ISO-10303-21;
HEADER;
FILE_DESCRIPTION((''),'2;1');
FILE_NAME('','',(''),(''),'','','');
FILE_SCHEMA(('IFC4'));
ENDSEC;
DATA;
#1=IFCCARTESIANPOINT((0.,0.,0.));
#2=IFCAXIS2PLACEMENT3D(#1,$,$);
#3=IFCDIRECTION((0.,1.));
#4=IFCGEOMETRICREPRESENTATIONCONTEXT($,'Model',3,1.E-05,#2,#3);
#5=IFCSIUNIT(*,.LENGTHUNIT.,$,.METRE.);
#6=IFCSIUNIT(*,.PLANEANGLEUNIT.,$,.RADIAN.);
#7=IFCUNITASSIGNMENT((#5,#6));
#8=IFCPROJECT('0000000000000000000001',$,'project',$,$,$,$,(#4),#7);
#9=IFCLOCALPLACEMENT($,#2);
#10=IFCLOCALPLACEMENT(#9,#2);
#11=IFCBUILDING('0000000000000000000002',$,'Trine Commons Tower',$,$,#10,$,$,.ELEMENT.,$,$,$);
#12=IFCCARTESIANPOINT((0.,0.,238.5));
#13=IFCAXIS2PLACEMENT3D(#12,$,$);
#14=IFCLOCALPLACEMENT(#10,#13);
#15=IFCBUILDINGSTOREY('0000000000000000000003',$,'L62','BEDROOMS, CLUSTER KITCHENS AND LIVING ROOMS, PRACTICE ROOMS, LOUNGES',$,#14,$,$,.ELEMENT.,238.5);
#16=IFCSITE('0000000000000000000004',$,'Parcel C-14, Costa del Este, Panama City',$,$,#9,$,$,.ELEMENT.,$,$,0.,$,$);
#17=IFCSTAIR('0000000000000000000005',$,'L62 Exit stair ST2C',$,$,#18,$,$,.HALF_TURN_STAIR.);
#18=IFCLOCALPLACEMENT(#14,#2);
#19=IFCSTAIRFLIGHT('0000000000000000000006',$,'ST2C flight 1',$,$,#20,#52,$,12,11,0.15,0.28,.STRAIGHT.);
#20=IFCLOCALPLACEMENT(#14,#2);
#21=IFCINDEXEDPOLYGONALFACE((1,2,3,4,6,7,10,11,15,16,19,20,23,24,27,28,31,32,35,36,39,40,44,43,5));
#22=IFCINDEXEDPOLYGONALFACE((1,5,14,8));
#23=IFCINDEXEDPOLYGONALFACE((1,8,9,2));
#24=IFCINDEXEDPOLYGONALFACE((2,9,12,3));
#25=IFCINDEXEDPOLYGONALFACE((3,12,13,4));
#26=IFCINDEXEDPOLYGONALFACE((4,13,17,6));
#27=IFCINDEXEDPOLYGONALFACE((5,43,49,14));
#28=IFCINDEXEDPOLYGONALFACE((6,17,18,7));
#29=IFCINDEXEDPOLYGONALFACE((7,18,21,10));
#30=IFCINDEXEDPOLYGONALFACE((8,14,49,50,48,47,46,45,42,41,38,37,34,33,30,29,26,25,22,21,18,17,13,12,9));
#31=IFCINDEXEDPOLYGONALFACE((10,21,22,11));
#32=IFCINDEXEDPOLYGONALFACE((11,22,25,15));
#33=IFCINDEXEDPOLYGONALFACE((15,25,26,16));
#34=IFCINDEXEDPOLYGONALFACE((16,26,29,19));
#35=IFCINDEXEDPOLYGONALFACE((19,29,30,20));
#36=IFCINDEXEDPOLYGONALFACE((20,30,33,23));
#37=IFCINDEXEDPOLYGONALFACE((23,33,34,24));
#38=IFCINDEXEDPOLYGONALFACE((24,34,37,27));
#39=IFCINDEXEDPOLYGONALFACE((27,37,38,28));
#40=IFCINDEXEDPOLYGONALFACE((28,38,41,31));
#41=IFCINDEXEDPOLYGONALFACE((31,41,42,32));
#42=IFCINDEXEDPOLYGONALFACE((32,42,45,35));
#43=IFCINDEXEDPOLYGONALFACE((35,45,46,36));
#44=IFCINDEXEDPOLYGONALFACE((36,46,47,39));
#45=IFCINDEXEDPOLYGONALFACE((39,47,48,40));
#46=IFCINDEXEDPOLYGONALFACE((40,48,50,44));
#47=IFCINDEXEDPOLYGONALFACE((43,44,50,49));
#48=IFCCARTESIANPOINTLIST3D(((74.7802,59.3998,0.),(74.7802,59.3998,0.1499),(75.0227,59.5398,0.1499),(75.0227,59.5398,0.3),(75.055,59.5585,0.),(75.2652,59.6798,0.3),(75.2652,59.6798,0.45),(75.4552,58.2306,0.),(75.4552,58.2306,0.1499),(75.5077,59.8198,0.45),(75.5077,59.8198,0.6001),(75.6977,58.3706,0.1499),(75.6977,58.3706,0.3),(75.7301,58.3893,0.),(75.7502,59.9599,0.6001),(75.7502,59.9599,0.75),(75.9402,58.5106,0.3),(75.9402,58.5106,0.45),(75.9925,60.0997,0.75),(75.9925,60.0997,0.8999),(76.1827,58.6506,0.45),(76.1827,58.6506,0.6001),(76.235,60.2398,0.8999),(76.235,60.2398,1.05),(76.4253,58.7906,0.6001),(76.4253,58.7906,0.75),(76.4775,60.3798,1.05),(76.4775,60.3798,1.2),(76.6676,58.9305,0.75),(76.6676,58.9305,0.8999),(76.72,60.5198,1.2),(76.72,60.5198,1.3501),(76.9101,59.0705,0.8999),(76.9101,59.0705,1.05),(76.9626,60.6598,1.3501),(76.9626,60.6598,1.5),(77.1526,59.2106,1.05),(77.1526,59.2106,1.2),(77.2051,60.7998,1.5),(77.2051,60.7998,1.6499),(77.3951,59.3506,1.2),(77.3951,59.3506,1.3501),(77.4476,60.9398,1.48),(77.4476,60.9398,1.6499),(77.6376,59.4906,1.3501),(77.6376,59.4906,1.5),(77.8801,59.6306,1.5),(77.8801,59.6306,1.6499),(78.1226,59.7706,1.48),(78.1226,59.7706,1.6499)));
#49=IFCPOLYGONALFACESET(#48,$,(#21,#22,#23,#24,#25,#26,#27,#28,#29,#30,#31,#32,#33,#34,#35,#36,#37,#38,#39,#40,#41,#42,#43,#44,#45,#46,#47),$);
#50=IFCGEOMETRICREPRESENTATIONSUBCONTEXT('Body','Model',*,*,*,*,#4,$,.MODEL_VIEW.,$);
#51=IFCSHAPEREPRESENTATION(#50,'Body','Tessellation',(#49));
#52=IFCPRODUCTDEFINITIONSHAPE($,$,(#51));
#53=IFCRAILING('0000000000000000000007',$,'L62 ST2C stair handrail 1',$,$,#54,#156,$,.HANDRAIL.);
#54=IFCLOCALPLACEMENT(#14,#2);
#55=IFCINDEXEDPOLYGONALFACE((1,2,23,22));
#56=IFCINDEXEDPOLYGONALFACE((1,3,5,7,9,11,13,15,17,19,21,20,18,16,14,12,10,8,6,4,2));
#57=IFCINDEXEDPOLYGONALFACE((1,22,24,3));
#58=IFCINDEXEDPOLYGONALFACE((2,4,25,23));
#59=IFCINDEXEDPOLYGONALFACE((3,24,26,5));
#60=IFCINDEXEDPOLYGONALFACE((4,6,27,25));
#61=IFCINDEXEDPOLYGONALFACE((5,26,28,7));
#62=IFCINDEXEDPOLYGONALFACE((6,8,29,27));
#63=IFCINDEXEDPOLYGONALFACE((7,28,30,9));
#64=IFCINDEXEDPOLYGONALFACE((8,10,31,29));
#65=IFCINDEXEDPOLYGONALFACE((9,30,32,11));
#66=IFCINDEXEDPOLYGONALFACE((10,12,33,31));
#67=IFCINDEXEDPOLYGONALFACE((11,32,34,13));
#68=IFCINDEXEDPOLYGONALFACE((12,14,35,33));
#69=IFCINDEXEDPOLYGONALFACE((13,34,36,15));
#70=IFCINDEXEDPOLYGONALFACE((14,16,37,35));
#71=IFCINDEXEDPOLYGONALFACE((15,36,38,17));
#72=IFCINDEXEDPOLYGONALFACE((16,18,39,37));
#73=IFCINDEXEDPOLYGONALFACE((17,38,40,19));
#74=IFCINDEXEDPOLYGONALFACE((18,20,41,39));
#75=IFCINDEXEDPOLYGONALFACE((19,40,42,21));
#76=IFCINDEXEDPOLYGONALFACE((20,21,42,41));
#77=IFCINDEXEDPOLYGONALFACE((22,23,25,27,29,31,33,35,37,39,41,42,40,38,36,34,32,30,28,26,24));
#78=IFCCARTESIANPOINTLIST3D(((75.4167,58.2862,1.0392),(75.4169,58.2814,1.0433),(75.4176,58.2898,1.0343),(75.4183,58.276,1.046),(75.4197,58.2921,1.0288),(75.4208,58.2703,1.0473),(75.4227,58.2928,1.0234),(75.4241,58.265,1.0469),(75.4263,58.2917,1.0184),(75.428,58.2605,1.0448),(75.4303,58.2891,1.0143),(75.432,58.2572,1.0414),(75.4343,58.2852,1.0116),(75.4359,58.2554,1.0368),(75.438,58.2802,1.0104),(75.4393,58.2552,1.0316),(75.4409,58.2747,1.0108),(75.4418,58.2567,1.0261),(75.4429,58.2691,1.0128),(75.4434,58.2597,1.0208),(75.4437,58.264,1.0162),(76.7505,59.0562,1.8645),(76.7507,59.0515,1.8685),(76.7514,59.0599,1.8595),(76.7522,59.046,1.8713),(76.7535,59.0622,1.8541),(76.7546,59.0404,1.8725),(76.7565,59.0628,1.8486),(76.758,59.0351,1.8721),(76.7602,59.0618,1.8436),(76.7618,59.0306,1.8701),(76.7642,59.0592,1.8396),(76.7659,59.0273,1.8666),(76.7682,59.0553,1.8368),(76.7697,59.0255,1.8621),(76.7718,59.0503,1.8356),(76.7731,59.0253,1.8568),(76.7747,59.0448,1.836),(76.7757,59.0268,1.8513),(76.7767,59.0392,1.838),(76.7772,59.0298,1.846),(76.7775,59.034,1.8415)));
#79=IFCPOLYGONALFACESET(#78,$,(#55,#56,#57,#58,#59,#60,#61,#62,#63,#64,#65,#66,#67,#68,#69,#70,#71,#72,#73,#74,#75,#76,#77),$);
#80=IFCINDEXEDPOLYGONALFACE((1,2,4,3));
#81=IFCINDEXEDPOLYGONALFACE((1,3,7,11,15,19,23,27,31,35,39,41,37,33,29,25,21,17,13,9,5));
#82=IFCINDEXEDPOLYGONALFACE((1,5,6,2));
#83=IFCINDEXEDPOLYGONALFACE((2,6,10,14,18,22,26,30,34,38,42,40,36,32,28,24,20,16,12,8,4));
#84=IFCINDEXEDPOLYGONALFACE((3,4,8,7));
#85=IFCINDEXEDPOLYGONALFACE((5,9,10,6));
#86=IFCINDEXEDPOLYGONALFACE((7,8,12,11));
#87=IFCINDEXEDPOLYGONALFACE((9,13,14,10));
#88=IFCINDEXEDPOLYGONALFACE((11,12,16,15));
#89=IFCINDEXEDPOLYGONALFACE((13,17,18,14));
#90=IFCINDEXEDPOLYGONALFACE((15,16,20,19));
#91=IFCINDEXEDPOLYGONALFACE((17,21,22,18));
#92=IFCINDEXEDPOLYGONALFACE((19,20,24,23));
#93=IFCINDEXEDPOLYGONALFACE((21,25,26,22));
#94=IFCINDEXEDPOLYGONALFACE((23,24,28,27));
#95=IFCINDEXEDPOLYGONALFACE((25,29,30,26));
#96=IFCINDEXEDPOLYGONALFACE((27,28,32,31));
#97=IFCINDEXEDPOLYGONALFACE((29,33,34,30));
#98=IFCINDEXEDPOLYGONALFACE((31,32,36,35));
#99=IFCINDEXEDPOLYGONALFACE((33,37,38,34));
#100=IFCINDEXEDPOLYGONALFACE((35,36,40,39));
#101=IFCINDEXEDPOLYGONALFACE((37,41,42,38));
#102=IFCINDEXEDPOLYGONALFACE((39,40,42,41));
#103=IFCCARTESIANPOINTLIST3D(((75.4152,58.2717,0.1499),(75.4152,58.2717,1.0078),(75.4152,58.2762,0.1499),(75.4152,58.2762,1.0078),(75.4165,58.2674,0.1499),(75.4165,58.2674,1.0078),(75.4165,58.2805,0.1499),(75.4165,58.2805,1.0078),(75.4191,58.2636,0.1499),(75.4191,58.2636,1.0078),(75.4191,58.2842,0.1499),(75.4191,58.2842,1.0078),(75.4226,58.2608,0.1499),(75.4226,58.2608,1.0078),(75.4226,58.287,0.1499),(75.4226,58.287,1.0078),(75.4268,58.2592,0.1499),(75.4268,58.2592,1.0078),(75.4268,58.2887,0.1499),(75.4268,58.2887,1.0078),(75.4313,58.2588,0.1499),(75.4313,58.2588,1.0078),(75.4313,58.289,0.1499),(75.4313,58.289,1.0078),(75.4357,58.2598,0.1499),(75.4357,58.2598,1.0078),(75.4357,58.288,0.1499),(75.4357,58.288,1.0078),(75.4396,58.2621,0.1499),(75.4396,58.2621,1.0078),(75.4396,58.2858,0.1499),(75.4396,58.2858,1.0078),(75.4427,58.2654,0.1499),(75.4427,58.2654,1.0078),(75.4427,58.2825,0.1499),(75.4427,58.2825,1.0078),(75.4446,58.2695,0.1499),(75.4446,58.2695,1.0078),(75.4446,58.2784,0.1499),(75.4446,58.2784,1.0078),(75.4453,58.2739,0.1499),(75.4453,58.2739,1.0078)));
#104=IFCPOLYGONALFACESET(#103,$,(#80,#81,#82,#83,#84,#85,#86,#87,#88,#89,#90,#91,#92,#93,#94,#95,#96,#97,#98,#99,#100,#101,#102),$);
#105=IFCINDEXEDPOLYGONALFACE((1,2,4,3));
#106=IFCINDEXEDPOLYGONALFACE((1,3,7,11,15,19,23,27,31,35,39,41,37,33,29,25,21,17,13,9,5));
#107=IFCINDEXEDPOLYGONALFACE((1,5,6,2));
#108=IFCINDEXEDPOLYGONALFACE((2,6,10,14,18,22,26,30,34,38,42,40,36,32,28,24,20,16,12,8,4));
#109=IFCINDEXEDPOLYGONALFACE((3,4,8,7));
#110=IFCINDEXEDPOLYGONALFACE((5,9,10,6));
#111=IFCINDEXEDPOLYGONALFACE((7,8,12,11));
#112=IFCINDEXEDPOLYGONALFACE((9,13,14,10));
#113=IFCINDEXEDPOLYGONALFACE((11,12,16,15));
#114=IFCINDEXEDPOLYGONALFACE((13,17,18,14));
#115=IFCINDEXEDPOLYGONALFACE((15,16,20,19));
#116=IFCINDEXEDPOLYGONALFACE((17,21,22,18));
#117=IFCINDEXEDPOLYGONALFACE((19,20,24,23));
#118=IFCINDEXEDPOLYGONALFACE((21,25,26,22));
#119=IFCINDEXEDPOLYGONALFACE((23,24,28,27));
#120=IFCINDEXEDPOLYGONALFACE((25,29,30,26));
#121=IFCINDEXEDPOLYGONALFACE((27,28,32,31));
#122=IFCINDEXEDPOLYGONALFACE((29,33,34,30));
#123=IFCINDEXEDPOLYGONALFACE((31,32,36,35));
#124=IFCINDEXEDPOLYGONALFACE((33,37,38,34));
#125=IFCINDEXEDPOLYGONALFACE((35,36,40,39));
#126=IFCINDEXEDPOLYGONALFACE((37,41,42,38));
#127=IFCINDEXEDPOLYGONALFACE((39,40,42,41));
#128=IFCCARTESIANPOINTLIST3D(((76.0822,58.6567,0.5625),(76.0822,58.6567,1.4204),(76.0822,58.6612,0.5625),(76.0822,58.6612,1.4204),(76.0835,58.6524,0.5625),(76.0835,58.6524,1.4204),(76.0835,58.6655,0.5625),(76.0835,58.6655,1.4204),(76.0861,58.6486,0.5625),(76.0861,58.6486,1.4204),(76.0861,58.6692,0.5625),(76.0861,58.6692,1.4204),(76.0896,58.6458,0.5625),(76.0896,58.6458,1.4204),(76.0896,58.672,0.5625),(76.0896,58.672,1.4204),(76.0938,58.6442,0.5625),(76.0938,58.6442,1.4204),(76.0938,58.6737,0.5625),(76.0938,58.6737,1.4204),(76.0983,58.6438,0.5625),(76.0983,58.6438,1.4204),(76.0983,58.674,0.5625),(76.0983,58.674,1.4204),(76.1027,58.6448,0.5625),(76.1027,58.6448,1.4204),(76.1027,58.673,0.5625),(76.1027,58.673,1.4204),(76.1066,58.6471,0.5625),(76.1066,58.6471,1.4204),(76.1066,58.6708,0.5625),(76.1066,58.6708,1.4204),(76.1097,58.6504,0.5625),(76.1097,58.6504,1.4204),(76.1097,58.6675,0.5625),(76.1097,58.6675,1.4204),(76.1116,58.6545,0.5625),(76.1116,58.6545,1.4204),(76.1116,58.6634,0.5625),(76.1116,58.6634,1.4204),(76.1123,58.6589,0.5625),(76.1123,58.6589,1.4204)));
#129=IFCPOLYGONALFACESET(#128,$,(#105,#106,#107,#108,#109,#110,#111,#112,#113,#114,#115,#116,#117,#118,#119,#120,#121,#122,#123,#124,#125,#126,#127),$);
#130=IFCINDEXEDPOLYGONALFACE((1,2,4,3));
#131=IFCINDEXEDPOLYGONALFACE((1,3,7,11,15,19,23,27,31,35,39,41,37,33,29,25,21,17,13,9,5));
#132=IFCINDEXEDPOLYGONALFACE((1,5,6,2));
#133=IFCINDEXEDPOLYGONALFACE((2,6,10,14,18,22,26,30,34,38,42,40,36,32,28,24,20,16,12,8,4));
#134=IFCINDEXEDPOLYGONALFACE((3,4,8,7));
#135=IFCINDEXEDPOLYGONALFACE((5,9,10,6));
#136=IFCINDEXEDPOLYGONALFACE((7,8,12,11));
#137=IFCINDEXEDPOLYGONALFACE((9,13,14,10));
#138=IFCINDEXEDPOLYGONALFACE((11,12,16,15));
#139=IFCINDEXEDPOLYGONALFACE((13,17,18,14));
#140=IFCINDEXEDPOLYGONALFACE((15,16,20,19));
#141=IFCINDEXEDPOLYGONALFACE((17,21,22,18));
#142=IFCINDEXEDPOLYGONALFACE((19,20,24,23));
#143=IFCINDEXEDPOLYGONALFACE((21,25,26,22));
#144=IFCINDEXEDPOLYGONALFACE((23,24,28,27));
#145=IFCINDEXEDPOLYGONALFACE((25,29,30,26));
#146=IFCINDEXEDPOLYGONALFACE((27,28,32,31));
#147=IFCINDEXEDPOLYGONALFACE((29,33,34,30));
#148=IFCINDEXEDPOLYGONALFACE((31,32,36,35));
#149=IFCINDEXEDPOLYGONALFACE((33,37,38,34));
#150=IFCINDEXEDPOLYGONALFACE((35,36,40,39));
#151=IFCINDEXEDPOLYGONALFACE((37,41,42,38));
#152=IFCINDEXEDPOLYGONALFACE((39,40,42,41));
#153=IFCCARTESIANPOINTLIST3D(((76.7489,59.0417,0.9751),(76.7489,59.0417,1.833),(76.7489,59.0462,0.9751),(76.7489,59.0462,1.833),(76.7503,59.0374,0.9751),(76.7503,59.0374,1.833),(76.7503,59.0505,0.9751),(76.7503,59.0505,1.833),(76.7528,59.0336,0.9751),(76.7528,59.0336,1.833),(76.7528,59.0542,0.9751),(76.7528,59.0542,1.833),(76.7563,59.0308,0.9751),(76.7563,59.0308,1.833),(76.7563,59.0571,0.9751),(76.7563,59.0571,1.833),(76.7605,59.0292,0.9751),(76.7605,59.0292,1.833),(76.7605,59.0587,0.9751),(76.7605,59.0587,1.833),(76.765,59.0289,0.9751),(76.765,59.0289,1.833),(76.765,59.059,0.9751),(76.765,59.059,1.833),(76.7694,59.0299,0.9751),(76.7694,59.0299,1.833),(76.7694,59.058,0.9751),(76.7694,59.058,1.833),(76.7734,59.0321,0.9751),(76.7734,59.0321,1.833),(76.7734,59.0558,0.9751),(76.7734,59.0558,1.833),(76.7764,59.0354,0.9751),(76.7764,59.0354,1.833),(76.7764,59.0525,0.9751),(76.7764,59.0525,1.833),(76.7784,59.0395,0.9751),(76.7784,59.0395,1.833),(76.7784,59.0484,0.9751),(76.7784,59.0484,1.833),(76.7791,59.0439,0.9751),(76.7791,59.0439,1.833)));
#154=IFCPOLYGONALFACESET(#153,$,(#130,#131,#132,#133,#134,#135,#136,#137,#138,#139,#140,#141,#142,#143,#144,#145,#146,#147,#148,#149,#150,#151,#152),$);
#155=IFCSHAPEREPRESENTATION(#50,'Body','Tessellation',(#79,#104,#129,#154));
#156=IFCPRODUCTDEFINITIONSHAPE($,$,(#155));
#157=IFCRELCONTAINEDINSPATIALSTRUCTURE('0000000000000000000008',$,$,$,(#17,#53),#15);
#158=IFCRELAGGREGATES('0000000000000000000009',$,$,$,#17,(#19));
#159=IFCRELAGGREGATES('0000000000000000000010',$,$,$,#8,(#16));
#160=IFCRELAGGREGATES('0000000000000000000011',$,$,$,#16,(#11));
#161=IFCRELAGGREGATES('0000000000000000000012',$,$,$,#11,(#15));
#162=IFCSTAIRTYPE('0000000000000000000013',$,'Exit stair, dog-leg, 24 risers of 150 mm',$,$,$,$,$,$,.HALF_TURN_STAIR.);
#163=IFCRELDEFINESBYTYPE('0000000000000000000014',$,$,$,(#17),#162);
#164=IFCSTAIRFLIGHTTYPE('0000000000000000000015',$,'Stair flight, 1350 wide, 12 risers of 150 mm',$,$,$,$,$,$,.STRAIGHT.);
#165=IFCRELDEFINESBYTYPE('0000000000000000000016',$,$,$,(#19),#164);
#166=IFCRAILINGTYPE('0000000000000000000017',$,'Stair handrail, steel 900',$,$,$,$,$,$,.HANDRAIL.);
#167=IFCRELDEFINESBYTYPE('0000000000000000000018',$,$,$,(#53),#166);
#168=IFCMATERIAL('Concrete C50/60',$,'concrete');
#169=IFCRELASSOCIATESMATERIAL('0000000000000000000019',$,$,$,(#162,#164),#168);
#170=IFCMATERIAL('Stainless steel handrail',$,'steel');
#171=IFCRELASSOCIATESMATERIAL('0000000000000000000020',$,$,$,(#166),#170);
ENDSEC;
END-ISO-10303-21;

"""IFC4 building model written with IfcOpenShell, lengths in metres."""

from ifc_helpers import new_model, si_unit, direction, frame, origin, origin_2d, place, context, subcontext, project, spatial, polyline, circle, outline, extrude, material, type_object, element, aggregate, save


model = new_model("IFC4")

# Units and contexts
model_context = context("Model", 3, precision=1e-05, world=origin(), true_north=direction((0.0, 1.0)))
body_context = subcontext(model_context, "Body", "Model", "MODEL_VIEW")
ifc_project = project(units=[si_unit("LENGTHUNIT", "METRE"), si_unit("PLANEANGLEUNIT", "RADIAN")], contexts=[model_context])

# Site, building, storey
site_placement = place(None, origin())
site = spatial("IfcSite", under=ifc_project, at=site_placement, Name="Parcel C-14, Costa del Este, Panama City", CompositionType="ELEMENT", RefElevation=0.0)
building_placement = place(site_placement, origin())
building = spatial("IfcBuilding", under=site, at=building_placement, Name="Trine Commons Tower", CompositionType="ELEMENT")
storey_placement = place(building_placement, frame((0.0, 0.0, 238.5)))
storey = spatial("IfcBuildingStorey", under=building, at=storey_placement, Name="L62", Description="BEDROOMS, CLUSTER KITCHENS AND LIVING ROOMS, PRACTICE ROOMS, LOUNGES", CompositionType="ELEMENT", Elevation=238.5)

# Shared definitions
ifc_material_1 = material(Name="Concrete C50/60", Category="concrete")

# Stair, stair flight
stair_type = type_object("IfcStairType", Name="Exit stair, dog-leg, 24 risers of 150 mm", PredefinedType="HALF_TURN_STAIR", material=ifc_material_1)
stair_placement = place(storey_placement, origin())
stair = element("IfcStair", 1, at=stair_placement, inside=storey, type_object=stair_type, Name="L62 Exit stair ST2C", PredefinedType="HALF_TURN_STAIR")
stair_flight_type = type_object("IfcStairFlightType", Name="Stair flight, 1350 wide, 12 risers of 150 mm", PredefinedType="STRAIGHT", material=ifc_material_1)
stair_flight_placement = place(storey_placement, frame((75.1177, 58.8152, 0.0), z_axis=(0.0, 0.0, 1.0), x_axis=(0.866025, 0.5, 0.0)))
stair_flight = element("IfcStairFlight", 2, at=stair_flight_placement, type_object=stair_flight_type, Name="ST2C flight 1", NumberOfRisers=12, NumberOfTreads=11, PredefinedType="STRAIGHT", RiserHeight=0.15, TreadLength=0.28, context=body_context, shape_type="SweptSolid", body=[
    extrude(outline(polyline([(0.0, 0.0), (0.0, 0.1499), (0.28, 0.1499), (0.28, 0.3), (0.5601, 0.3), (0.5601, 0.45), (0.8401, 0.45), (0.8401, 0.6001), (1.1201, 0.6001), (1.1201, 0.75), (1.3999, 0.75), (1.3999, 0.8999), (1.6799, 0.8999), (1.6799, 1.05), (1.96, 1.05), (1.96, 1.2), (2.24, 1.2), (2.24, 1.3501), (2.52, 1.3501), (2.52, 1.5), (2.8, 1.5), (2.8, 1.6499), (3.0801, 1.6499), (3.0801, 1.8), (3.0801, 1.48), (0.3174, 0.0), (0.0, 0.0)])), frame((0.0, 0.675, 0.0), z_axis=(0.0, -1.0, 0.0), x_axis=(1.0, 0.0, 0.0)), (0.0, 0.0, 1.0), 1.3501),
])
aggregate(stair, [stair_flight])

# Railing
ifc_material_2 = material(Name="Stainless steel handrail", Category="steel")
railing_type = type_object("IfcRailingType", Name="Stair handrail, steel 900", PredefinedType="HANDRAIL", material=ifc_material_2)
railing_placement = place(storey_placement, frame((75.4302, 58.2739, 0.1499)))
element("IfcRailing", 3, at=railing_placement, inside=storey, type_object=railing_type, Name="L62 ST2C stair handrail 1", PredefinedType="HANDRAIL", context=body_context, shape_type="SweptSolid", body=[
    extrude(circle(Radius=0.021, at=origin_2d()), frame((0.0, 0.0, 0.8789), z_axis=(0.763355, 0.440714, 0.472293), x_axis=(-0.499992, 0.86603, 0.0)), (0.0, 0.0, 1.0), 1.7473),
    extrude(circle(Radius=0.0151, at=origin_2d()), origin(), (0.0, 0.0, 1.0), 0.8579),
    extrude(circle(Radius=0.0151, at=origin_2d()), frame((0.667, 0.385, 0.4126)), (0.0, 0.0, 1.0), 0.8579),
    extrude(circle(Radius=0.0151, at=origin_2d()), frame((1.3337, 0.77, 0.8252)), (0.0, 0.0, 1.0), 0.8579),
])

save(model, "model.ifc")
